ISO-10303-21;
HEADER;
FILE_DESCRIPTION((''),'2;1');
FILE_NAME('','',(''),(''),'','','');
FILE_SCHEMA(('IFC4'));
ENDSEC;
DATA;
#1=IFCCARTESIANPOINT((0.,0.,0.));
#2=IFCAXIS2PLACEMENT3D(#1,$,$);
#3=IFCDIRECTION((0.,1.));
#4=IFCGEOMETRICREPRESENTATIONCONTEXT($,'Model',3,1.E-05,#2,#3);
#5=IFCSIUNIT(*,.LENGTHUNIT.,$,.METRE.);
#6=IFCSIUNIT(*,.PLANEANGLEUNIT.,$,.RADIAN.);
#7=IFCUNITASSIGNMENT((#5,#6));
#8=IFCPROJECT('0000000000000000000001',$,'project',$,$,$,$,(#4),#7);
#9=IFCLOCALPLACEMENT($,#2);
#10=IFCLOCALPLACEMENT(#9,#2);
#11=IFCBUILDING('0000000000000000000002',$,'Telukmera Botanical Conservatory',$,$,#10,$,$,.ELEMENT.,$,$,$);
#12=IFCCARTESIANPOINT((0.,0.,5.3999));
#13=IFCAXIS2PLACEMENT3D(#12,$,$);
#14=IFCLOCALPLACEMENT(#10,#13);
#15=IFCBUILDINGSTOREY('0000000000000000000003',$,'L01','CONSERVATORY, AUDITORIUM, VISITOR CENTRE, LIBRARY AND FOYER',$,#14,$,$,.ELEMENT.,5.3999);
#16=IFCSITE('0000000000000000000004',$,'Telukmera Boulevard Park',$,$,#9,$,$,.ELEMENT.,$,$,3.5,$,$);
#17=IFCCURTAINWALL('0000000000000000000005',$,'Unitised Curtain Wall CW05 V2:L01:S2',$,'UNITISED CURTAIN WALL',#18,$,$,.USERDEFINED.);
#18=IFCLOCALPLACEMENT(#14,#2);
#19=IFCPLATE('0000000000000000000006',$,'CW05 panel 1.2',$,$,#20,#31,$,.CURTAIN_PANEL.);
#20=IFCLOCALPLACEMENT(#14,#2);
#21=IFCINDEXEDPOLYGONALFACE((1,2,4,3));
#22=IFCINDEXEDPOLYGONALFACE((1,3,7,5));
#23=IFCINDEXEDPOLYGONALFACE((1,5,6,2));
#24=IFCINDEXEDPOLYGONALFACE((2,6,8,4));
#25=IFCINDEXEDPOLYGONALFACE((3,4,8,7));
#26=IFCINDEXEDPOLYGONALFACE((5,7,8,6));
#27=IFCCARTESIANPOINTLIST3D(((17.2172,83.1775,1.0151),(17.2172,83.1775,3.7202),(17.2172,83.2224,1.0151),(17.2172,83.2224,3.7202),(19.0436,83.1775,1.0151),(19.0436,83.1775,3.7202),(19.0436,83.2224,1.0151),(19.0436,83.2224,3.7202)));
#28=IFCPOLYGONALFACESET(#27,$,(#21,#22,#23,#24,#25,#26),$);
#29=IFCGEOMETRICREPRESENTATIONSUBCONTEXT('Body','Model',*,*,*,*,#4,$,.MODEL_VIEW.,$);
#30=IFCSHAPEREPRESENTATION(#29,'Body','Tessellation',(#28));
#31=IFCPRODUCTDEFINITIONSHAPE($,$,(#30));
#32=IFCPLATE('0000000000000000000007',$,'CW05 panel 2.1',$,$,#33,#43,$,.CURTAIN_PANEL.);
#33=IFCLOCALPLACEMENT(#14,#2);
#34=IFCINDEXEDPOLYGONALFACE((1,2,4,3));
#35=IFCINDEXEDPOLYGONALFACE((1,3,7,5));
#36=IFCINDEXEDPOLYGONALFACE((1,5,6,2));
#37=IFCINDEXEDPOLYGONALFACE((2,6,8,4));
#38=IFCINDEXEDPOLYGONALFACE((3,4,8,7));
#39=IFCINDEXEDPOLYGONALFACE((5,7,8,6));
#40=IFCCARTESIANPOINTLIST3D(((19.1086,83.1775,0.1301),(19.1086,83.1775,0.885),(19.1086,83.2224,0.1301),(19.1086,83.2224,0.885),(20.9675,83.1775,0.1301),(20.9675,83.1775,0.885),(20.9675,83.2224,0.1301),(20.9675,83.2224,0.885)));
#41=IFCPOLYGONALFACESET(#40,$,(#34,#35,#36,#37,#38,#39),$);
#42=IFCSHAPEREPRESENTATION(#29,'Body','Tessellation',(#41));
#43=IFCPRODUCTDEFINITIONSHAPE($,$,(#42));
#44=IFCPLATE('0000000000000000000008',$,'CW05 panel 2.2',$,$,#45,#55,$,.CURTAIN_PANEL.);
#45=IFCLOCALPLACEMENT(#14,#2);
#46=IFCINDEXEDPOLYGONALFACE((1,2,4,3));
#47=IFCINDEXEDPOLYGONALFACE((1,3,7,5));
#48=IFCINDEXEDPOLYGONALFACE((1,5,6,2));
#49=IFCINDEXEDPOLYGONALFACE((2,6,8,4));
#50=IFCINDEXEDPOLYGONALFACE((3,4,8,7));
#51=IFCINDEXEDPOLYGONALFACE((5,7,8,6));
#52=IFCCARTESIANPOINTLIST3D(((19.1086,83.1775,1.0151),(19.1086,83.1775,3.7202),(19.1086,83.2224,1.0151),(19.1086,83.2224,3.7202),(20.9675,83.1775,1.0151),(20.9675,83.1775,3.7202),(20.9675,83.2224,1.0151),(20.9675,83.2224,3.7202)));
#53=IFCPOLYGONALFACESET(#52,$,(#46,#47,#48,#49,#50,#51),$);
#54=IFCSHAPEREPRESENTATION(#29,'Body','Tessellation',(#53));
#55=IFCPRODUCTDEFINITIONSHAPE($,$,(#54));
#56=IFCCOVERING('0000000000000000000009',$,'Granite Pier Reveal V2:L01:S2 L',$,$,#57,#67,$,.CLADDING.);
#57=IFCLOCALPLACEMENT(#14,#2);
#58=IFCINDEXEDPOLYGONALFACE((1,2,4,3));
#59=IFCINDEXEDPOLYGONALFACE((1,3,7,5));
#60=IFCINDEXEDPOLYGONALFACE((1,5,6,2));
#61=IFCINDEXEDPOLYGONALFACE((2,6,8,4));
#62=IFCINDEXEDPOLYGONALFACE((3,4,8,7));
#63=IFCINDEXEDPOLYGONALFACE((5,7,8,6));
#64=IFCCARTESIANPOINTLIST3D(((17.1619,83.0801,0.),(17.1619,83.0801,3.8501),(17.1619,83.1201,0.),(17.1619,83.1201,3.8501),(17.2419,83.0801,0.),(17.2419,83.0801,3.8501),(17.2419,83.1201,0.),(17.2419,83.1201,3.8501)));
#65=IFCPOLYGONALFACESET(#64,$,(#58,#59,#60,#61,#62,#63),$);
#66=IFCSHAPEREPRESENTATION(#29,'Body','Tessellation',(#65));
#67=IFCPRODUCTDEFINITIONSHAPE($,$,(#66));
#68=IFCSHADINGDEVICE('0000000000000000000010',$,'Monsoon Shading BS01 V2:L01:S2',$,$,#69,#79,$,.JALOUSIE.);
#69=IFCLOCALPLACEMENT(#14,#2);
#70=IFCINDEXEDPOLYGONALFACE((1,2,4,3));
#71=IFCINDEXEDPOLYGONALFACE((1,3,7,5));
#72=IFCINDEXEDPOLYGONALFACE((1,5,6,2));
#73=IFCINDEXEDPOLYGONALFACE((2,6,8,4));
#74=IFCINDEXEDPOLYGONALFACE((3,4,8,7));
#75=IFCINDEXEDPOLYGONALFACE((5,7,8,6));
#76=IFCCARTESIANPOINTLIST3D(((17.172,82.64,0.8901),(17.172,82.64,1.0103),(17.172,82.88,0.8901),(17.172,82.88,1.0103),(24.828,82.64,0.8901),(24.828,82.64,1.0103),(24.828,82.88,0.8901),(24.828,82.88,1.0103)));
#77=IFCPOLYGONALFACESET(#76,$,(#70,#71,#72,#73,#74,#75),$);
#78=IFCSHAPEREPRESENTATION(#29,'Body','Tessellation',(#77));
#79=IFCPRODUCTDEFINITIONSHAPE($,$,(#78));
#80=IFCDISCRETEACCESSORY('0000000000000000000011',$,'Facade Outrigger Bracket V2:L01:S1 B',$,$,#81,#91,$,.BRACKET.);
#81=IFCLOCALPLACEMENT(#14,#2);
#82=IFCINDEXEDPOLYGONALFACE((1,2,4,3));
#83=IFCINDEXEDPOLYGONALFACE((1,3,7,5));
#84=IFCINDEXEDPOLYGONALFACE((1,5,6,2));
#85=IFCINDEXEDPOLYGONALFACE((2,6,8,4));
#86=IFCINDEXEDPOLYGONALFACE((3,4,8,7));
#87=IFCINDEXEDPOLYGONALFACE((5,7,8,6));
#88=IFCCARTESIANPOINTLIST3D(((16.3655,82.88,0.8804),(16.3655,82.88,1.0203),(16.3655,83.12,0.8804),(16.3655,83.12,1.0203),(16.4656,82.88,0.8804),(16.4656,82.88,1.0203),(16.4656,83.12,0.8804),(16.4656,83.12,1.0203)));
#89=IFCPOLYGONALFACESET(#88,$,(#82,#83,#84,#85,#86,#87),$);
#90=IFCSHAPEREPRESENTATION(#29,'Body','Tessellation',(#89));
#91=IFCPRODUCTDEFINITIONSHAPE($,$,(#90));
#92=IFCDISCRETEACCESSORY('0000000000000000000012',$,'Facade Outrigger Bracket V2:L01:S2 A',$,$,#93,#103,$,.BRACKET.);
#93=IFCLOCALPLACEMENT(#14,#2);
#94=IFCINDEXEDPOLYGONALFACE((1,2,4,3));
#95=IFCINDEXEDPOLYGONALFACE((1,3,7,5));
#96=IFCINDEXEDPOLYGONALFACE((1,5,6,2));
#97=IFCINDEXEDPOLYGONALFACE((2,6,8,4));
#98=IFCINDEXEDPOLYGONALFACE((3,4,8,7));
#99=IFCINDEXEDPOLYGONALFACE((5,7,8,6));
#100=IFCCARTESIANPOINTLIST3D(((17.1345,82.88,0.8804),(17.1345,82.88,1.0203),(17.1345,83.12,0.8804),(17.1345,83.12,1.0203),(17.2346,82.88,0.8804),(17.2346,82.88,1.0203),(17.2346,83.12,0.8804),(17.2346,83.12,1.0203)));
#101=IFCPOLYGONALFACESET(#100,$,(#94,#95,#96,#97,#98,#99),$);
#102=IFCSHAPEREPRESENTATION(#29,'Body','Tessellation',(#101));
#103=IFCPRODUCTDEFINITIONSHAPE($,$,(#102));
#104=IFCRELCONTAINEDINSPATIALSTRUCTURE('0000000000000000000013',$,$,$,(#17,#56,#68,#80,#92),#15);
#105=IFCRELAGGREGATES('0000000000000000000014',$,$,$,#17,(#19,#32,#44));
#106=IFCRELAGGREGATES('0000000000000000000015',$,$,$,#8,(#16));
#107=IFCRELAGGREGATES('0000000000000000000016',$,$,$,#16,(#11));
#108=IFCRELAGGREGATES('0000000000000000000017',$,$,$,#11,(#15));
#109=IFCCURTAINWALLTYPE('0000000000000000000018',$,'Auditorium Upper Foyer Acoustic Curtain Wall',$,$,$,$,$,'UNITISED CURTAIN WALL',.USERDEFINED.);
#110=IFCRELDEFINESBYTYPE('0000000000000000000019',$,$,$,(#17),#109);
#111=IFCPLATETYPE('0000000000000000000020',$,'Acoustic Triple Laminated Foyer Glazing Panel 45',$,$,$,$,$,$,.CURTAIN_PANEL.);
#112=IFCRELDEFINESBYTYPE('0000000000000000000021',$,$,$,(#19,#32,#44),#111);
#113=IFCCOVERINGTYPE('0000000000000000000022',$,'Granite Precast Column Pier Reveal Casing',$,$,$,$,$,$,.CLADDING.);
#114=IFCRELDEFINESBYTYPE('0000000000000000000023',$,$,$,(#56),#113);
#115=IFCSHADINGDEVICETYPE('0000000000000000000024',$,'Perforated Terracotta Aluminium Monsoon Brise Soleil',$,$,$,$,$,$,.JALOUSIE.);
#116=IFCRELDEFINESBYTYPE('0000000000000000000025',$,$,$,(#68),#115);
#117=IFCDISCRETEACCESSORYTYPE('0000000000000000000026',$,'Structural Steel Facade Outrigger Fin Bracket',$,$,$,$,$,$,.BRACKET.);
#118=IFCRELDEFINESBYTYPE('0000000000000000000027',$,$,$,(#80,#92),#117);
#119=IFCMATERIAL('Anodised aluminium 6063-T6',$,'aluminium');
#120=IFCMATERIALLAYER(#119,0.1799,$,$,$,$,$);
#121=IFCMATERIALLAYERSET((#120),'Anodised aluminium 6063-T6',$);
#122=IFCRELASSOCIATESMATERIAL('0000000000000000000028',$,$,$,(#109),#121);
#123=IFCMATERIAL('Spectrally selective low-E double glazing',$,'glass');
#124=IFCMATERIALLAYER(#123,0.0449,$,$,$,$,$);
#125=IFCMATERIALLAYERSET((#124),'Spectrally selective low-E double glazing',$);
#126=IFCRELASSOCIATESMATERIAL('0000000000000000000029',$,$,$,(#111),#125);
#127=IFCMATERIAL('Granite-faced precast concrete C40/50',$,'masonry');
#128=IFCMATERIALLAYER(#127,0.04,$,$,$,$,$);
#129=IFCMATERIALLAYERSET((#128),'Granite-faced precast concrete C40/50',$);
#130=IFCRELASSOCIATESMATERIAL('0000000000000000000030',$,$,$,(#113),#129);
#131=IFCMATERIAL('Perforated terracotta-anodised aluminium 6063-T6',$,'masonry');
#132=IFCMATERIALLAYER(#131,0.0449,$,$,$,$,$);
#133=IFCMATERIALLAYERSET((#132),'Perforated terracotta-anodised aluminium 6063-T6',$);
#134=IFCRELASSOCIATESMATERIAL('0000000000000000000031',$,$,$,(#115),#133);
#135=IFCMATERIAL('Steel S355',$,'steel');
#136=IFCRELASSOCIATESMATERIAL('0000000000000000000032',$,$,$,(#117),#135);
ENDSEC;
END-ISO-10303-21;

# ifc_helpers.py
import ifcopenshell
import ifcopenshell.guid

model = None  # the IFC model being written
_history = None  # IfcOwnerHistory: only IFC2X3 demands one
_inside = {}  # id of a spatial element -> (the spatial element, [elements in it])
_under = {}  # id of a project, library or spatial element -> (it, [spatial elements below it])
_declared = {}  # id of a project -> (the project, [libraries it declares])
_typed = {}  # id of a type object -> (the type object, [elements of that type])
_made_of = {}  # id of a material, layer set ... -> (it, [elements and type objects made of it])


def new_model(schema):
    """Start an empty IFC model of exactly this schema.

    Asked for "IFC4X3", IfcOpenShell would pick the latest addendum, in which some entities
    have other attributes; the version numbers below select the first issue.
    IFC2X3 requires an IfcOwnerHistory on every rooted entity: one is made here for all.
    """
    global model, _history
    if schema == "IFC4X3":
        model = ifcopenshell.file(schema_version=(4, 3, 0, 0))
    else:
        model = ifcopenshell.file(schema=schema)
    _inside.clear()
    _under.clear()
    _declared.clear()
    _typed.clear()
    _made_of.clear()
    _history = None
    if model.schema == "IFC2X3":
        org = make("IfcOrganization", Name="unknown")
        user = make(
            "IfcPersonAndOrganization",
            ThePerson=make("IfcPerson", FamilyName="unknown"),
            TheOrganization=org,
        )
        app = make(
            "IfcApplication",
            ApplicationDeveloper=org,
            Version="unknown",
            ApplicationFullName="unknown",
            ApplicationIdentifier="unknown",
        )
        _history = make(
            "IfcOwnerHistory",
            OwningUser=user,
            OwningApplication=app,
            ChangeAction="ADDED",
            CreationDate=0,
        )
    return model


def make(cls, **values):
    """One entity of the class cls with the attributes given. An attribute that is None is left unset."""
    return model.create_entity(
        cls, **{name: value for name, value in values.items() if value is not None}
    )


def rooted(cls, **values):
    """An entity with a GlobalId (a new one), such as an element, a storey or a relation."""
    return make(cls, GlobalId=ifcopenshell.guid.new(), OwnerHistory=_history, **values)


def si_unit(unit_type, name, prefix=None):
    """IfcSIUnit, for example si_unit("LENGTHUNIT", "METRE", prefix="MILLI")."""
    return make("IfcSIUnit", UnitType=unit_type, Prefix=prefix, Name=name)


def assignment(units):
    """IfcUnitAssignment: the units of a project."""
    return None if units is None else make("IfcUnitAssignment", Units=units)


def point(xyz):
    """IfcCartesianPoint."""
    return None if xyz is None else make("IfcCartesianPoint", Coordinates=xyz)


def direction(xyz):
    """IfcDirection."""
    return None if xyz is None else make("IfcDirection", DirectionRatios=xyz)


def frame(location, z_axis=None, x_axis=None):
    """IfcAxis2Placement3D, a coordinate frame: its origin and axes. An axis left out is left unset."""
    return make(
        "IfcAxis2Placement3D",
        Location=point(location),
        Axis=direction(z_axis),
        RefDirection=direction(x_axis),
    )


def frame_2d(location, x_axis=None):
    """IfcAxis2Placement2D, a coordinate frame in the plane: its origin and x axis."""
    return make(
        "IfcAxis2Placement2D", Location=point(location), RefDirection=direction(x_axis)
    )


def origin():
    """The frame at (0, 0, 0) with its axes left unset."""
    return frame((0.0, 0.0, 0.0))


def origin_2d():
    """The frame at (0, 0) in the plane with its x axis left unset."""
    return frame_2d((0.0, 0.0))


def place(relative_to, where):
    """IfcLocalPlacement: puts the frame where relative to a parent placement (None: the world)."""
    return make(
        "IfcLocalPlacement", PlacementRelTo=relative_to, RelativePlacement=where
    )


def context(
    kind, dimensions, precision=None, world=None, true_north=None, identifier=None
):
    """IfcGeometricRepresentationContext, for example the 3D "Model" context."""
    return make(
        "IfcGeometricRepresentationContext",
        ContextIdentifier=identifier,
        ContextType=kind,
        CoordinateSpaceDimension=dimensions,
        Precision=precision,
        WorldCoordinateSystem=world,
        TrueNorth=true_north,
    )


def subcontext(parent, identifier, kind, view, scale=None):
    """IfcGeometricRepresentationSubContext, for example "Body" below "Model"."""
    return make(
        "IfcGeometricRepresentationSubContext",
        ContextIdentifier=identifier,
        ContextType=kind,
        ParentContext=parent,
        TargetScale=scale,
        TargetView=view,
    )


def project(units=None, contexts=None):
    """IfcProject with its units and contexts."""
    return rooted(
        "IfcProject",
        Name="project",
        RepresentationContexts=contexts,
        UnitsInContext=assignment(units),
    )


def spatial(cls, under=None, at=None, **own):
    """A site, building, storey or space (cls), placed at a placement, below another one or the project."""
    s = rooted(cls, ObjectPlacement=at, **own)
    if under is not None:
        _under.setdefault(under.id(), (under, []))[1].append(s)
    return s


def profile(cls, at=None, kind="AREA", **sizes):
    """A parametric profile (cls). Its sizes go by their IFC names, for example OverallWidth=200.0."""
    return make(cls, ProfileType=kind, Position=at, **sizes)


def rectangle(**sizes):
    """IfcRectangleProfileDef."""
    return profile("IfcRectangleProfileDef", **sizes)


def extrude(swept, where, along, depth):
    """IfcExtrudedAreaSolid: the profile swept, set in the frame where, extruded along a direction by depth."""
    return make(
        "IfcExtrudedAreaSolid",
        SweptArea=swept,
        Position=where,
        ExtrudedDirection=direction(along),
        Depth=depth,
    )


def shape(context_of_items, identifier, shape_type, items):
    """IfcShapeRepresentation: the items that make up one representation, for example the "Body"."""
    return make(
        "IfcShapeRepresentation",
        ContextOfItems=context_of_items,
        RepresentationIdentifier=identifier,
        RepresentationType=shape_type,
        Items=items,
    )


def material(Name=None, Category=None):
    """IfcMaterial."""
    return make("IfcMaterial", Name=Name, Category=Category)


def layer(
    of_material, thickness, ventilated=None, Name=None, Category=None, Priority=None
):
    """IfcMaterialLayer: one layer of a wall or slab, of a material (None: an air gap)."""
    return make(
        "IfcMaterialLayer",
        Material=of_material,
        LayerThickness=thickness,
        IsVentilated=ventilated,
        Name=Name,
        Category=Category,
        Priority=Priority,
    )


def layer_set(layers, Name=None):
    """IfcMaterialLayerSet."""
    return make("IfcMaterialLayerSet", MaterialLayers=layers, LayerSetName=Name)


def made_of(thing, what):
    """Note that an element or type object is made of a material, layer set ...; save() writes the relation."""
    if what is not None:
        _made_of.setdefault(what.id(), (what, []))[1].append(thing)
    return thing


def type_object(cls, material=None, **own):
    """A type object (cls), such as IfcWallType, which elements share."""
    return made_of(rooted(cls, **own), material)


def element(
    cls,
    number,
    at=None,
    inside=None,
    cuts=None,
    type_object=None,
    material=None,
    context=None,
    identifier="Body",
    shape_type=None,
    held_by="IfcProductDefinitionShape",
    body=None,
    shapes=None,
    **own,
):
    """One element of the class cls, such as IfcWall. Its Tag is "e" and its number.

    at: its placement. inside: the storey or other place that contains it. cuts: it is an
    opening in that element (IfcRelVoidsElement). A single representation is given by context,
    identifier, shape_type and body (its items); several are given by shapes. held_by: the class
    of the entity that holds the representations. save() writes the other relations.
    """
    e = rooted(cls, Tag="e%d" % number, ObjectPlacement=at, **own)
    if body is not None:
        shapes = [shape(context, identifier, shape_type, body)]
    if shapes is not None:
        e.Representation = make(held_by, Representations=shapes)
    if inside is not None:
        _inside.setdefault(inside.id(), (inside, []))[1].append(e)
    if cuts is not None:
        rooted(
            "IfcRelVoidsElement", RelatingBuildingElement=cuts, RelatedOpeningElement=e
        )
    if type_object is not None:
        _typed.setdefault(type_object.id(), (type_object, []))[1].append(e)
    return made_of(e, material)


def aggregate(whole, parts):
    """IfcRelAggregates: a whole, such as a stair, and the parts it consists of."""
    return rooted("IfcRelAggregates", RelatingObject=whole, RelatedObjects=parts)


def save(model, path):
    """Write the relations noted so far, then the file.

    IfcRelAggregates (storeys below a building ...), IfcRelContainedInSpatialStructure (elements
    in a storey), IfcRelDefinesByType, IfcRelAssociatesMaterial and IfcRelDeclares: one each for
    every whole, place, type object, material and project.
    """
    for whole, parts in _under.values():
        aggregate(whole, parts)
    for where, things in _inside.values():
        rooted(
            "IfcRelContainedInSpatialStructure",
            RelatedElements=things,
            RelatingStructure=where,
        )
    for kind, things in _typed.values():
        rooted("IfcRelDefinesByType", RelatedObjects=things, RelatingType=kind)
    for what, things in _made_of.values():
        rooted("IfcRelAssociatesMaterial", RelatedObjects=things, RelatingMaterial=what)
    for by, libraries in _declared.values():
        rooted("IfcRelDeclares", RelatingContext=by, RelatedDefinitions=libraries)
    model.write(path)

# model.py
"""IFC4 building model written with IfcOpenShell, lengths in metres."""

from ifc_helpers import new_model, si_unit, direction, frame, origin, origin_2d, place, context, subcontext, project, spatial, rectangle, extrude, material, layer, layer_set, type_object, element, aggregate, save


model = new_model("IFC4")

# Units and contexts
model_context = context("Model", 3, precision=1e-05, world=origin(), true_north=direction((0.0, 1.0)))
body_context = subcontext(model_context, "Body", "Model", "MODEL_VIEW")
ifc_project = project(units=[si_unit("LENGTHUNIT", "METRE"), si_unit("PLANEANGLEUNIT", "RADIAN")], contexts=[model_context])

# Site, building, storey
site_placement = place(None, origin())
site = spatial("IfcSite", under=ifc_project, at=site_placement, Name="Telukmera Boulevard Park", CompositionType="ELEMENT", RefElevation=3.5)
building_placement = place(site_placement, origin())
building = spatial("IfcBuilding", under=site, at=building_placement, Name="Telukmera Botanical Conservatory", CompositionType="ELEMENT")
storey_placement = place(building_placement, frame((0.0, 0.0, 5.3999)))
storey = spatial("IfcBuildingStorey", under=building, at=storey_placement, Name="L01", Description="CONSERVATORY, AUDITORIUM, VISITOR CENTRE, LIBRARY AND FOYER", CompositionType="ELEMENT", Elevation=5.3999)

# Shared definitions
ifc_material_1 = material(Name="Anodised aluminium 6063-T6", Category="aluminium")
ifc_layer_1 = layer(ifc_material_1, 0.1799)
ifc_layer_set_1 = layer_set([ifc_layer_1], Name="Anodised aluminium 6063-T6")
curtain_wall_type = type_object("IfcCurtainWallType", Name="Auditorium Upper Foyer Acoustic Curtain Wall", ElementType="UNITISED CURTAIN WALL", PredefinedType="USERDEFINED", material=ifc_layer_set_1)

# Curtain wall, plates
curtain_wall_1_placement = place(storey_placement, origin())
curtain_wall_1 = element("IfcCurtainWall", 1, at=curtain_wall_1_placement, inside=storey, type_object=curtain_wall_type, Name="Unitised Curtain Wall CW05 V2:L01:S2", ObjectType="UNITISED CURTAIN WALL", PredefinedType="USERDEFINED")
ifc_material_2 = material(Name="Spectrally selective low-E double glazing", Category="glass")
ifc_layer_2 = layer(ifc_material_2, 0.0449)
ifc_layer_set_2 = layer_set([ifc_layer_2], Name="Spectrally selective low-E double glazing")
plate_type = type_object("IfcPlateType", Name="Acoustic Triple Laminated Foyer Glazing Panel 45", PredefinedType="CURTAIN_PANEL", material=ifc_layer_set_2)
plate_1_placement = place(storey_placement, frame((18.1304, 83.2, 1.0151), z_axis=(0.0, 0.0, 1.0), x_axis=(1.0, 0.0, 0.0)))
plate_1 = element("IfcPlate", 2, at=plate_1_placement, type_object=plate_type, Name="CW05 panel 1.2", PredefinedType="CURTAIN_PANEL", context=body_context, shape_type="SweptSolid", body=[
    extrude(rectangle(XDim=1.8264, YDim=0.0449, at=origin_2d()), origin(), (0.0, 0.0, 1.0), 2.7051),
])
plate_2_placement = place(storey_placement, frame((20.0381, 83.2, 0.1301), z_axis=(0.0, 0.0, 1.0), x_axis=(1.0, 0.0, 0.0)))
plate_2 = element("IfcPlate", 3, at=plate_2_placement, type_object=plate_type, Name="CW05 panel 2.1", PredefinedType="CURTAIN_PANEL", context=body_context, shape_type="SweptSolid", body=[
    extrude(rectangle(XDim=1.8589, YDim=0.0449, at=origin_2d()), origin(), (0.0, 0.0, 1.0), 0.7549),
])
plate_3_placement = place(storey_placement, frame((20.0381, 83.2, 1.0151), z_axis=(0.0, 0.0, 1.0), x_axis=(1.0, 0.0, 0.0)))
plate_3 = element("IfcPlate", 4, at=plate_3_placement, type_object=plate_type, Name="CW05 panel 2.2", PredefinedType="CURTAIN_PANEL", context=body_context, shape_type="SweptSolid", body=[
    extrude(rectangle(XDim=1.8589, YDim=0.0449, at=origin_2d()), origin(), (0.0, 0.0, 1.0), 2.7051),
])
aggregate(curtain_wall_1, [plate_1, plate_2, plate_3])

# Covering
ifc_material_3 = material(Name="Granite-faced precast concrete C40/50", Category="masonry")
ifc_layer_3 = layer(ifc_material_3, 0.04)
ifc_layer_set_3 = layer_set([ifc_layer_3], Name="Granite-faced precast concrete C40/50")
covering_type = type_object("IfcCoveringType", Name="Granite Precast Column Pier Reveal Casing", PredefinedType="CLADDING", material=ifc_layer_set_3)
covering_placement = place(storey_placement, frame((17.2019, 83.1001, 0.0), z_axis=(0.0, 0.0, 1.0), x_axis=(1.0, 0.0, 0.0)))
element("IfcCovering", 5, at=covering_placement, inside=storey, type_object=covering_type, Name="Granite Pier Reveal V2:L01:S2 L", PredefinedType="CLADDING", context=body_context, shape_type="SweptSolid", body=[
    extrude(rectangle(XDim=0.0801, YDim=0.04, at=origin_2d()), origin(), (0.0, 0.0, 1.0), 3.8501),
])

# Shading device
ifc_material_4 = material(Name="Perforated terracotta-anodised aluminium 6063-T6", Category="masonry")
ifc_layer_4 = layer(ifc_material_4, 0.0449)
ifc_layer_set_4 = layer_set([ifc_layer_4], Name="Perforated terracotta-anodised aluminium 6063-T6")
shading_device_type = type_object("IfcShadingDeviceType", Name="Perforated Terracotta Aluminium Monsoon Brise Soleil", PredefinedType="JALOUSIE", material=ifc_layer_set_4)
shading_device_placement = place(storey_placement, frame((21.0, 82.76, 0.8901), z_axis=(0.0, 0.0, 1.0), x_axis=(1.0, 0.0, 0.0)))
element("IfcShadingDevice", 6, at=shading_device_placement, inside=storey, type_object=shading_device_type, Name="Monsoon Shading BS01 V2:L01:S2", PredefinedType="JALOUSIE", context=body_context, shape_type="SweptSolid", body=[
    extrude(rectangle(XDim=7.656, YDim=0.24, at=origin_2d()), origin(), (0.0, 0.0, 1.0), 0.1201),
])

# Discrete accessories
ifc_material_5 = material(Name="Steel S355", Category="steel")
discrete_accessory_type = type_object("IfcDiscreteAccessoryType", Name="Structural Steel Facade Outrigger Fin Bracket", PredefinedType="BRACKET", material=ifc_material_5)
for number, where, z_axis, x_axis, name in (
    (7, (16.4155, 83.0, 0.8804), (0.0, 0.0, 1.0), (1.0, 0.0, 0.0), "Facade Outrigger Bracket V2:L01:S1 B"),
    (8, (17.1846, 83.0, 0.8804), (0.0, 0.0, 1.0), (1.0, 0.0, 0.0), "Facade Outrigger Bracket V2:L01:S2 A"),
):
    element("IfcDiscreteAccessory", number, at=place(storey_placement, frame(where, z_axis=z_axis, x_axis=x_axis)), inside=storey, type_object=discrete_accessory_type, Name=name, PredefinedType="BRACKET", context=body_context, shape_type="SweptSolid", body=[
        extrude(rectangle(XDim=0.1001, YDim=0.24, at=origin_2d()), origin(), (0.0, 0.0, 1.0), 0.1399),
    ])

save(model, "model.ifc")
